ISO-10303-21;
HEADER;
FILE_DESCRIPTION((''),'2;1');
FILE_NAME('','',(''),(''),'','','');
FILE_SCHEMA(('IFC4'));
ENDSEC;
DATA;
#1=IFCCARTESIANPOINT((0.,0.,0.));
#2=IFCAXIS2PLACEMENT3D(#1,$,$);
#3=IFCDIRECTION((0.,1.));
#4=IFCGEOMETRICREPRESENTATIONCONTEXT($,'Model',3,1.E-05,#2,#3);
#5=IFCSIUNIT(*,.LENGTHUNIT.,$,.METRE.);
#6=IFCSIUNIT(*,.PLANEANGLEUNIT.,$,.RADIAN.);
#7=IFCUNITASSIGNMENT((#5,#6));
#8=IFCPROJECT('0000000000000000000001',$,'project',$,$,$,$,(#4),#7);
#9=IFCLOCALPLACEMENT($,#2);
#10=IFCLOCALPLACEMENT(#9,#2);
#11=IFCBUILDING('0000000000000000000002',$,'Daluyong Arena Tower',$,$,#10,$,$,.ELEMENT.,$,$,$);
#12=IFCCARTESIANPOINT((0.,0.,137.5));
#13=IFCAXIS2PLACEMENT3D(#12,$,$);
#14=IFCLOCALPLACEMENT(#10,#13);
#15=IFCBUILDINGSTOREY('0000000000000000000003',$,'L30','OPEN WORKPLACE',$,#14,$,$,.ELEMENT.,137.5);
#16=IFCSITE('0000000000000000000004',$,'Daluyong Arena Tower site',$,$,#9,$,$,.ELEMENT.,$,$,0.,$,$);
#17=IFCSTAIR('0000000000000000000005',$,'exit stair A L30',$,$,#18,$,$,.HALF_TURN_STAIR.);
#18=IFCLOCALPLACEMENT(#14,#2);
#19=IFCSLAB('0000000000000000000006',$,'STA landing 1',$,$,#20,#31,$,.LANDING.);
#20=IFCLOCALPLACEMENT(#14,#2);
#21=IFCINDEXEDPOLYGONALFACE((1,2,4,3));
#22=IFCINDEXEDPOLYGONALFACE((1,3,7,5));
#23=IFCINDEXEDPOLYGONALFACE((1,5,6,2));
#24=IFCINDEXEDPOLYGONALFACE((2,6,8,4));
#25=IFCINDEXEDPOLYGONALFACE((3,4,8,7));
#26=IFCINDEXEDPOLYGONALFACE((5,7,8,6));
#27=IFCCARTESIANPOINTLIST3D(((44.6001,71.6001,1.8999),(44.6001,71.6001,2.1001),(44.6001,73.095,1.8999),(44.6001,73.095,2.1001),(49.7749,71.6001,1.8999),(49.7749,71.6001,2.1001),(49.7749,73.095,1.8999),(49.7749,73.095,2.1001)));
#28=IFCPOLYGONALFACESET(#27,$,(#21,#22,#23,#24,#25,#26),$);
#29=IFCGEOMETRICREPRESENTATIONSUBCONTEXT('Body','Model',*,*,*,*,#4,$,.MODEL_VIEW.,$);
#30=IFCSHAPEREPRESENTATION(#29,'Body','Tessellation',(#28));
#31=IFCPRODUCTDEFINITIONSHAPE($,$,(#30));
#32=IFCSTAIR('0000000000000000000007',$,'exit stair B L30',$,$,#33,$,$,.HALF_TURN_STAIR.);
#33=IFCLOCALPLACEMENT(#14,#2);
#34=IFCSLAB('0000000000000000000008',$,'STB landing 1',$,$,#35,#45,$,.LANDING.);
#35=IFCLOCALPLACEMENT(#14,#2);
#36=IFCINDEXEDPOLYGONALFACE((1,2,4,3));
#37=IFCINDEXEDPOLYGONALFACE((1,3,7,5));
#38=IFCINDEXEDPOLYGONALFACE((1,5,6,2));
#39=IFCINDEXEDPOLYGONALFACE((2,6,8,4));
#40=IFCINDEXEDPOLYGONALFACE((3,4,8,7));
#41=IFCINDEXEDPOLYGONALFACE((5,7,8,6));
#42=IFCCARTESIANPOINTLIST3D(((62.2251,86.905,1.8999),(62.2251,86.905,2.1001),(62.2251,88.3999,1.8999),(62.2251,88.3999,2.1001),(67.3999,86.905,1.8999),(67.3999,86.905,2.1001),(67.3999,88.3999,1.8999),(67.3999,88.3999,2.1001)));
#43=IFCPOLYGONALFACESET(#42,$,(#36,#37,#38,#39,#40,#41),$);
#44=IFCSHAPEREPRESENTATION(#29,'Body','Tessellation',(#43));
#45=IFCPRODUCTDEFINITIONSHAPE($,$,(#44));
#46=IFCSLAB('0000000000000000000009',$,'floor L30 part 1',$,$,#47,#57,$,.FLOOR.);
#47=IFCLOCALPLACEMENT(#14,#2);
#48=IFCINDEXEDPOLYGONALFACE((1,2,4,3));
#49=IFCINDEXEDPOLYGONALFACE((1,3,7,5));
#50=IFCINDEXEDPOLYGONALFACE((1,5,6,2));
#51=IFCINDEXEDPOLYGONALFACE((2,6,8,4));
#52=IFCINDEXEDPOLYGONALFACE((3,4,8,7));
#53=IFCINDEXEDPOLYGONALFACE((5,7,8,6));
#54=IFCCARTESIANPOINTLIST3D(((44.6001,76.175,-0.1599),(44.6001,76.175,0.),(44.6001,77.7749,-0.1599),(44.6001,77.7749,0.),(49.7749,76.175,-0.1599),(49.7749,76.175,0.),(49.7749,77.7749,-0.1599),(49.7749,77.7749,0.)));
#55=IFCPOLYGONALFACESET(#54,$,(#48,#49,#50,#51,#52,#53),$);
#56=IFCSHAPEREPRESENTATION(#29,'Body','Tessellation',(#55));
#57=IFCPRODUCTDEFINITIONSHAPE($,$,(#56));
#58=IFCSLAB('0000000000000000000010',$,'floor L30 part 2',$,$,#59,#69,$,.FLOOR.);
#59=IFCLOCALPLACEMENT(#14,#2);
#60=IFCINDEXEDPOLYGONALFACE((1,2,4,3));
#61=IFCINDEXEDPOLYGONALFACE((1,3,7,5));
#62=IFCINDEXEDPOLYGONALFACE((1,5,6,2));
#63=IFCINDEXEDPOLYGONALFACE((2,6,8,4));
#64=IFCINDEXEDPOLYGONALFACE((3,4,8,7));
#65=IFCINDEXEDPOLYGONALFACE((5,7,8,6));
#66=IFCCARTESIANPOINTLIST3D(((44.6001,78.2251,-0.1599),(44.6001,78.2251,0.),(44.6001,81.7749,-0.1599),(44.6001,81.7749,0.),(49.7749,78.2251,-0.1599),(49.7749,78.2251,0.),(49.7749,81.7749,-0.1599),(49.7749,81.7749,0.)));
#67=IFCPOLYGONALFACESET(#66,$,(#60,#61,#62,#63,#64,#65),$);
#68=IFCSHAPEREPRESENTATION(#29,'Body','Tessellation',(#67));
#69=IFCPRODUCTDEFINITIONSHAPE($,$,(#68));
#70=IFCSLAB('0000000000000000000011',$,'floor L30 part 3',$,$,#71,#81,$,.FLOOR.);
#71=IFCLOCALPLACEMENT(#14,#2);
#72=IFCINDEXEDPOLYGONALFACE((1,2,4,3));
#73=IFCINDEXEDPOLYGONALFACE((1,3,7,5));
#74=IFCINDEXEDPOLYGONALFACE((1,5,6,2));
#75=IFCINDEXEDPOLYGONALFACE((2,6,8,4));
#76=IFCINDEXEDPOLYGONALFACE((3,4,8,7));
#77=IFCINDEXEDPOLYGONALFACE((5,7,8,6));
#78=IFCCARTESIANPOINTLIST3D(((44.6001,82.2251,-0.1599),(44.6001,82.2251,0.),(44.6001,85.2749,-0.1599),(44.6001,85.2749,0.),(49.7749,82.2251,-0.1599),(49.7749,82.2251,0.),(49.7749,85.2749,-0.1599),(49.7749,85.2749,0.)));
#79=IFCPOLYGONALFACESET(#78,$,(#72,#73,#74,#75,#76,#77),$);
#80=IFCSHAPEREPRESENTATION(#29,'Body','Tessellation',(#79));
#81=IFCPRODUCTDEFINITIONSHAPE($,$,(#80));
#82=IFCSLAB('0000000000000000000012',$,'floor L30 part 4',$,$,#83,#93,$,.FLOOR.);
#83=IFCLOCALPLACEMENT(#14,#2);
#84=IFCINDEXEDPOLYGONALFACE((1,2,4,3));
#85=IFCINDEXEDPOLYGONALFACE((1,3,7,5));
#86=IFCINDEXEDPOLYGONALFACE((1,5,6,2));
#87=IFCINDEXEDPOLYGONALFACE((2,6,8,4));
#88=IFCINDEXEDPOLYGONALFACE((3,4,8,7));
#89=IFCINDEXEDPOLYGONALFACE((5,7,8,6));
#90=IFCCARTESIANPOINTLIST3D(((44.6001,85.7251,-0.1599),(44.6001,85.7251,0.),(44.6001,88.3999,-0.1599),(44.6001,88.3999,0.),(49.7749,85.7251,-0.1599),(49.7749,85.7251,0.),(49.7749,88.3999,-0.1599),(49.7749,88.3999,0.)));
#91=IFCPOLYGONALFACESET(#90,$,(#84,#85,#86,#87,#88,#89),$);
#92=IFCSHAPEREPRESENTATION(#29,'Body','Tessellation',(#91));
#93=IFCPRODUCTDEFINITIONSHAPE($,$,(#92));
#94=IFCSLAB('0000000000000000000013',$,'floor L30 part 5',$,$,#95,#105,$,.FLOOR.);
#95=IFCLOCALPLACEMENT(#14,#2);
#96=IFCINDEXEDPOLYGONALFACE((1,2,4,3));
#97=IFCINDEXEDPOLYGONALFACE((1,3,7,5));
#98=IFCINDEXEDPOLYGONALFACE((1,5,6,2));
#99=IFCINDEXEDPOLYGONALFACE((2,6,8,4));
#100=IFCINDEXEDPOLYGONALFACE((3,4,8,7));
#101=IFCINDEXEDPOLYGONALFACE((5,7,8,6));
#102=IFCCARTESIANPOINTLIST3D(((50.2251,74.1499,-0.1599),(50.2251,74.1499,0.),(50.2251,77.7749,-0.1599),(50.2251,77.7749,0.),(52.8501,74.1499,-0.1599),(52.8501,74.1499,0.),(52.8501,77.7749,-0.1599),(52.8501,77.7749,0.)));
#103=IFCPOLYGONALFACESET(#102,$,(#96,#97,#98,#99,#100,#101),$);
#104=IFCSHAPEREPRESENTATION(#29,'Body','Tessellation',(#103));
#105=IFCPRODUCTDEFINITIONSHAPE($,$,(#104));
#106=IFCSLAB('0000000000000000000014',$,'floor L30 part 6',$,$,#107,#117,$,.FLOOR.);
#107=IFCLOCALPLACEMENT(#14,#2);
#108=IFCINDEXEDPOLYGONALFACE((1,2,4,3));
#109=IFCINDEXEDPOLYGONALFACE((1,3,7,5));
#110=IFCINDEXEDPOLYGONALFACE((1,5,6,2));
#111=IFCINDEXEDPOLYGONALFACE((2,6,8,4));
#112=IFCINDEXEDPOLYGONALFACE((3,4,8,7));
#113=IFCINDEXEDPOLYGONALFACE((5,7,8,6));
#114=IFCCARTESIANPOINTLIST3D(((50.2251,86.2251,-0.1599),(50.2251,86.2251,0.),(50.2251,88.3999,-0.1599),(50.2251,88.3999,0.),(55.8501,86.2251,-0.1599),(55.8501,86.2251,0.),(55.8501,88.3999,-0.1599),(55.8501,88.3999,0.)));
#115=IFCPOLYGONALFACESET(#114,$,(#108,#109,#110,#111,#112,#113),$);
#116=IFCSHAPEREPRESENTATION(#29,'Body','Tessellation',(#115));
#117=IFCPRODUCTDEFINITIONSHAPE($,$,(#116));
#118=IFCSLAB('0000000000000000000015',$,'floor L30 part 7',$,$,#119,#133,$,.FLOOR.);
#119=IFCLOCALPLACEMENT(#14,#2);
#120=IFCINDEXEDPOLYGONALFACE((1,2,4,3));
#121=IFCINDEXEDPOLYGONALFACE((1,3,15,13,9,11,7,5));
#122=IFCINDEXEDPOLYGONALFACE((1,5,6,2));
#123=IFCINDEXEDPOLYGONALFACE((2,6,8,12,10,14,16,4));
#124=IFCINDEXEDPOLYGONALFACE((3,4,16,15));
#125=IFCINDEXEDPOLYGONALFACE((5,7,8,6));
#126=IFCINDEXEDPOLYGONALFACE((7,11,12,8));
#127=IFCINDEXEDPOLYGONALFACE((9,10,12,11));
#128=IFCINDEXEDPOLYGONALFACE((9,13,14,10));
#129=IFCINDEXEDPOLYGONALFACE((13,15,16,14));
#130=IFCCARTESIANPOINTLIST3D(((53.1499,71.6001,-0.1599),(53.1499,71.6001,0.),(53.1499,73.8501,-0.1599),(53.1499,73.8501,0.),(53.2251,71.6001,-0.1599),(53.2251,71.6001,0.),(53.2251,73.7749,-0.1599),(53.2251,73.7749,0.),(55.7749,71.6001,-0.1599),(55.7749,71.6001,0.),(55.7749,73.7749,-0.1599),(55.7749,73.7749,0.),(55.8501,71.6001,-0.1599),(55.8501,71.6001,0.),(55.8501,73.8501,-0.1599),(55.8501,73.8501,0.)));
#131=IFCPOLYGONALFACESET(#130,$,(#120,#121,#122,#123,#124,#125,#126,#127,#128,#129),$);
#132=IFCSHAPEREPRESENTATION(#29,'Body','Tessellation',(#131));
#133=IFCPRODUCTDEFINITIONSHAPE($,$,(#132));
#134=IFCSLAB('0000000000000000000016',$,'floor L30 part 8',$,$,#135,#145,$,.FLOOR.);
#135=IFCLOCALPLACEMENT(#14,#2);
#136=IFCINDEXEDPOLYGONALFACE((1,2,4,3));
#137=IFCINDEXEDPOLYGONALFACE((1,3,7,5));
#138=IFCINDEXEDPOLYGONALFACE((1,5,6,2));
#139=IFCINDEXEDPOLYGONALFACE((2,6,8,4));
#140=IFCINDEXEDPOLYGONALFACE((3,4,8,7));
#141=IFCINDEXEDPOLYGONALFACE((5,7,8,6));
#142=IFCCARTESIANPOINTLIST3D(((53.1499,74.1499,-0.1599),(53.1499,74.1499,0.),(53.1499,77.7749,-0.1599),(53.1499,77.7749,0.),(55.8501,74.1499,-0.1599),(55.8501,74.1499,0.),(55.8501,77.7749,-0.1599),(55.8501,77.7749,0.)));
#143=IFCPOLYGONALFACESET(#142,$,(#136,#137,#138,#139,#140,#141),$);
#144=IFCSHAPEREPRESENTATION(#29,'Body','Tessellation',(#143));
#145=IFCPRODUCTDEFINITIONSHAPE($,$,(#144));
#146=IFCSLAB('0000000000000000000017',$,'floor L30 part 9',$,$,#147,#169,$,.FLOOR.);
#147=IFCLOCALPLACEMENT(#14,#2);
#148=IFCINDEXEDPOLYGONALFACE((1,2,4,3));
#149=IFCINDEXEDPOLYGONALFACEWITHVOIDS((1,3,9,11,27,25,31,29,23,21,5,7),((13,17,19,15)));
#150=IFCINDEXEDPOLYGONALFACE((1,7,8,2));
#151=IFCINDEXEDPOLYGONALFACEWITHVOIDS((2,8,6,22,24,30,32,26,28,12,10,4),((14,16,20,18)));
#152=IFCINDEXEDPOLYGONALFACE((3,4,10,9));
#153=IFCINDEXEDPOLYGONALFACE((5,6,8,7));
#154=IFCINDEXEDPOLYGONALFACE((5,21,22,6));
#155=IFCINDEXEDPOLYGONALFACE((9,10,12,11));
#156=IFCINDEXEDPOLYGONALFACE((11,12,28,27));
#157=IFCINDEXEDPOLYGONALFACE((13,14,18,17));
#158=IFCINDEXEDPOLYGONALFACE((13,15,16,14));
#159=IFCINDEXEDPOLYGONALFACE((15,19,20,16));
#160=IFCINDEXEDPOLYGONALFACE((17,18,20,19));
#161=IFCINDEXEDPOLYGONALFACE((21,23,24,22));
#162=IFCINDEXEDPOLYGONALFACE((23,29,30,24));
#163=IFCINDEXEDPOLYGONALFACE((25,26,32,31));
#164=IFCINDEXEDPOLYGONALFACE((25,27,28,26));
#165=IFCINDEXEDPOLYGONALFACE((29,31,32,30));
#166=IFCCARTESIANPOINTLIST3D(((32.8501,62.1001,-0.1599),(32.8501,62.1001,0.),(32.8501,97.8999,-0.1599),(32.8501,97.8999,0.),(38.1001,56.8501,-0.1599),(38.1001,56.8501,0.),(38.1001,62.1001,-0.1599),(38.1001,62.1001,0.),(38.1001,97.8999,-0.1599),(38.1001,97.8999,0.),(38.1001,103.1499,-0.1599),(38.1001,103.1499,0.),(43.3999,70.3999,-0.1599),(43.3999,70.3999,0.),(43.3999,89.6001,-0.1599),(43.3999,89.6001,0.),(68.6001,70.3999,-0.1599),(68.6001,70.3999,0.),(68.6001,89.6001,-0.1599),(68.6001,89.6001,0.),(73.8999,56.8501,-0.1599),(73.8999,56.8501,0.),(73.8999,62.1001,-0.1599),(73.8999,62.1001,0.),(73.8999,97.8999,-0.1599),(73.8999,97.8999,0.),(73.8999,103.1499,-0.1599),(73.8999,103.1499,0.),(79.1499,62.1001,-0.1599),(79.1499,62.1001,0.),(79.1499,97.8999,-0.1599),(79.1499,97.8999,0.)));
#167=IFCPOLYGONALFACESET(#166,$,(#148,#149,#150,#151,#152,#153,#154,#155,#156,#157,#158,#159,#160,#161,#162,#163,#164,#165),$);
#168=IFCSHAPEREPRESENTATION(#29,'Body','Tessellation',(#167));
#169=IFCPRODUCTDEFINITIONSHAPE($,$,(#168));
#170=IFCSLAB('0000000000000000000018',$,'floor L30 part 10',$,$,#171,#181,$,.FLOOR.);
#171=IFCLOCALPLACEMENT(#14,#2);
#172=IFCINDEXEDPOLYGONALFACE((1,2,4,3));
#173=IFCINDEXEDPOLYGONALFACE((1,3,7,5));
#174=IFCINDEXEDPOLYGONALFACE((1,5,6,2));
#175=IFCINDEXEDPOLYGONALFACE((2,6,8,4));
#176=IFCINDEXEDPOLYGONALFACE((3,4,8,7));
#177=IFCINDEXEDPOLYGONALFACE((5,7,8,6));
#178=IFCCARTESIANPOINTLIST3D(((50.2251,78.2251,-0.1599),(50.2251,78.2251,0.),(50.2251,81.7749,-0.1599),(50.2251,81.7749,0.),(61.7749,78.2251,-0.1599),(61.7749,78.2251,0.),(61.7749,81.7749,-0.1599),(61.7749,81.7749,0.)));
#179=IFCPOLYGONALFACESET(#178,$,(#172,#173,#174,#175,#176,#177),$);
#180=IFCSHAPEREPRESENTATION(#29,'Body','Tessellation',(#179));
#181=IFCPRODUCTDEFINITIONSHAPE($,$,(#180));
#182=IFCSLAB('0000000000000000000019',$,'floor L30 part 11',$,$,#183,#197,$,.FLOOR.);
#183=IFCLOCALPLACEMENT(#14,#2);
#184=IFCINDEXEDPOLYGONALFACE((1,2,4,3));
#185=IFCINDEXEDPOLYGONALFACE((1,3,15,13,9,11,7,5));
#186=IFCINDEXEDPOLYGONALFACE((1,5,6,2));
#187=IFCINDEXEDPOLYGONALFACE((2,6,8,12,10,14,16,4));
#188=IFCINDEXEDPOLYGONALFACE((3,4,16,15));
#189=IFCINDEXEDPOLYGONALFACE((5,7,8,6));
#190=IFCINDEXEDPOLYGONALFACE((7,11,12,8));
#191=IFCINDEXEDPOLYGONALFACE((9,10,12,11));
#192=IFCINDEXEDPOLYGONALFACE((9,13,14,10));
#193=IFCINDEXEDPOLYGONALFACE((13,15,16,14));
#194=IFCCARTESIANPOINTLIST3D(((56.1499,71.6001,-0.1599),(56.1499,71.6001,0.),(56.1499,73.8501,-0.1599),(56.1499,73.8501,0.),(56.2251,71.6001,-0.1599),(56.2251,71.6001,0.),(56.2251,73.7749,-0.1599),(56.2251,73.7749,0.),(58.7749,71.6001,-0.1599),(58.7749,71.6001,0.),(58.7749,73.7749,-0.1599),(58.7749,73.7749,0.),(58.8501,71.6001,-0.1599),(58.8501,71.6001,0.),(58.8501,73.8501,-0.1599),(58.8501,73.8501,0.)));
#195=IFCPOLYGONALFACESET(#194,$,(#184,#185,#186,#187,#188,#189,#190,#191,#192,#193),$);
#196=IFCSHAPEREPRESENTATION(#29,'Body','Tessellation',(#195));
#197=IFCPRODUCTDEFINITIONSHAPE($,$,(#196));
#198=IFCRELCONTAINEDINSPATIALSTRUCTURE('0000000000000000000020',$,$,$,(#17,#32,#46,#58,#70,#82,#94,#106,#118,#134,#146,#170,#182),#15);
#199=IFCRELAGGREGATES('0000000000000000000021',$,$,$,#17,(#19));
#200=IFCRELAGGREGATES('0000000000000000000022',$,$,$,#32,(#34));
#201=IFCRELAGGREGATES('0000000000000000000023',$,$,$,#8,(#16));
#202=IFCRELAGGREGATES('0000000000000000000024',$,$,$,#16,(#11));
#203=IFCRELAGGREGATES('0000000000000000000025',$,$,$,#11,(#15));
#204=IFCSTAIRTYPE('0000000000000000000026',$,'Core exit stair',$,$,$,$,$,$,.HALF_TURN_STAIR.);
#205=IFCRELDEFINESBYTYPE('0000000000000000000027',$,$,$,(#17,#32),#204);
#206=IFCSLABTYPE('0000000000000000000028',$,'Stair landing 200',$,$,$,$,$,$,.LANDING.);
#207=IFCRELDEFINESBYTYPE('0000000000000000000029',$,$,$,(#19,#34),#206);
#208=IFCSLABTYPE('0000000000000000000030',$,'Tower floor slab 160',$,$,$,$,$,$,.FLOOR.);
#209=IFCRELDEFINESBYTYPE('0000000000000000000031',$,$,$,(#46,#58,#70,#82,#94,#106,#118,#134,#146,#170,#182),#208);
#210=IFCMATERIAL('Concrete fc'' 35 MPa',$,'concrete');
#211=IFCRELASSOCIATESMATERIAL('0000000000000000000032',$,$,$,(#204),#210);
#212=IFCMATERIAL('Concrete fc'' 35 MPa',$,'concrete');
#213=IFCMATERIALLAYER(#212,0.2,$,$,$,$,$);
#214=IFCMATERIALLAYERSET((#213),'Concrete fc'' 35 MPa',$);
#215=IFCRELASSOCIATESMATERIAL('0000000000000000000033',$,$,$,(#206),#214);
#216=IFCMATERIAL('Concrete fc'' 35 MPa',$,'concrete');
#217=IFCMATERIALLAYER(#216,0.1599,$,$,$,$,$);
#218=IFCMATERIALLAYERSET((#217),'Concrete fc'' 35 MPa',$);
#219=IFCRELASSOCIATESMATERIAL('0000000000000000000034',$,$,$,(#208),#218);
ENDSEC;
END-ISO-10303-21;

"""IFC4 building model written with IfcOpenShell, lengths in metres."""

from ifc_helpers import new_model, si_unit, direction, frame, origin, place, context, subcontext, project, spatial, polyline, outline, extrude, material, layer, layer_set, type_object, element, aggregate, save


model = new_model("IFC4")

# Units and contexts
model_context = context("Model", 3, precision=1e-05, world=origin(), true_north=direction((0.0, 1.0)))
body_context = subcontext(model_context, "Body", "Model", "MODEL_VIEW")
ifc_project = project(units=[si_unit("LENGTHUNIT", "METRE"), si_unit("PLANEANGLEUNIT", "RADIAN")], contexts=[model_context])

# Site, building, storey
site_placement = place(None, origin())
site = spatial("IfcSite", under=ifc_project, at=site_placement, Name="Daluyong Arena Tower site", CompositionType="ELEMENT", RefElevation=0.0)
building_placement = place(site_placement, origin())
building = spatial("IfcBuilding", under=site, at=building_placement, Name="Daluyong Arena Tower", CompositionType="ELEMENT")
storey_placement = place(building_placement, frame((0.0, 0.0, 137.5)))
storey = spatial("IfcBuildingStorey", under=building, at=storey_placement, Name="L30", Description="OPEN WORKPLACE", CompositionType="ELEMENT", Elevation=137.5)

# Stairs, slabs
ifc_material_1 = material(Name="Concrete fc' 35 MPa", Category="concrete")
stair_type = type_object("IfcStairType", Name="Core exit stair", PredefinedType="HALF_TURN_STAIR", material=ifc_material_1)
stair_1_placement = place(storey_placement, origin())
stair_1 = element("IfcStair", 1, at=stair_1_placement, inside=storey, type_object=stair_type, Name="exit stair A L30", PredefinedType="HALF_TURN_STAIR")
ifc_material_2 = material(Name="Concrete fc' 35 MPa", Category="concrete")
ifc_layer_1 = layer(ifc_material_2, 0.2)
ifc_layer_set_1 = layer_set([ifc_layer_1], Name="Concrete fc' 35 MPa")
slab_type_1 = type_object("IfcSlabType", Name="Stair landing 200", PredefinedType="LANDING", material=ifc_layer_set_1)
slab_1_placement = place(storey_placement, frame((0.0, 0.0, 1.8999)))
slab_1 = element("IfcSlab", 2, at=slab_1_placement, type_object=slab_type_1, Name="STA landing 1", PredefinedType="LANDING", context=body_context, shape_type="SweptSolid", body=[
    extrude(outline(polyline([(44.6001, 71.6001), (49.7749, 71.6001), (49.7749, 73.095), (44.6001, 73.095), (44.6001, 71.6001)])), origin(), (0.0, 0.0, 1.0), 0.2002),
])
aggregate(stair_1, [slab_1])
stair_2_placement = place(storey_placement, origin())
stair_2 = element("IfcStair", 3, at=stair_2_placement, inside=storey, type_object=stair_type, Name="exit stair B L30", PredefinedType="HALF_TURN_STAIR")
slab_2_placement = place(storey_placement, frame((0.0, 0.0, 1.8999)))
slab_2 = element("IfcSlab", 4, at=slab_2_placement, type_object=slab_type_1, Name="STB landing 1", PredefinedType="LANDING", context=body_context, shape_type="SweptSolid", body=[
    extrude(outline(polyline([(62.2251, 86.905), (67.3999, 86.905), (67.3999, 88.3999), (62.2251, 88.3999), (62.2251, 86.905)])), origin(), (0.0, 0.0, 1.0), 0.2002),
])
aggregate(stair_2, [slab_2])

# Slabs
ifc_material_3 = material(Name="Concrete fc' 35 MPa", Category="concrete")
ifc_layer_2 = layer(ifc_material_3, 0.1599)
ifc_layer_set_2 = layer_set([ifc_layer_2], Name="Concrete fc' 35 MPa")
slab_type_2 = type_object("IfcSlabType", Name="Tower floor slab 160", PredefinedType="FLOOR", material=ifc_layer_set_2)
slab_3_placement = place(storey_placement, frame((0.0, 0.0, -0.1599)))
element("IfcSlab", 5, at=slab_3_placement, inside=storey, type_object=slab_type_2, Name="floor L30 part 1", PredefinedType="FLOOR", context=body_context, shape_type="SweptSolid", body=[
    extrude(outline(polyline([(49.7749, 76.175), (49.7749, 77.7749), (44.6001, 77.7749), (44.6001, 76.175), (49.7749, 76.175)])), origin(), (0.0, 0.0, 1.0), 0.1599),
])
slab_4_placement = place(storey_placement, frame((0.0, 0.0, -0.1599)))
element("IfcSlab", 6, at=slab_4_placement, inside=storey, type_object=slab_type_2, Name="floor L30 part 2", PredefinedType="FLOOR", context=body_context, shape_type="SweptSolid", body=[
    extrude(outline(polyline([(44.6001, 78.2251), (49.7749, 78.2251), (49.7749, 81.7749), (44.6001, 81.7749), (44.6001, 78.2251)])), origin(), (0.0, 0.0, 1.0), 0.1599),
])
slab_5_placement = place(storey_placement, frame((0.0, 0.0, -0.1599)))
element("IfcSlab", 7, at=slab_5_placement, inside=storey, type_object=slab_type_2, Name="floor L30 part 3", PredefinedType="FLOOR", context=body_context, shape_type="SweptSolid", body=[
    extrude(outline(polyline([(44.6001, 82.2251), (49.7749, 82.2251), (49.7749, 85.2749), (44.6001, 85.2749), (44.6001, 82.2251)])), origin(), (0.0, 0.0, 1.0), 0.1599),
])
slab_6_placement = place(storey_placement, frame((0.0, 0.0, -0.1599)))
element("IfcSlab", 8, at=slab_6_placement, inside=storey, type_object=slab_type_2, Name="floor L30 part 4", PredefinedType="FLOOR", context=body_context, shape_type="SweptSolid", body=[
    extrude(outline(polyline([(49.7749, 88.3999), (44.6001, 88.3999), (44.6001, 85.7251), (49.7749, 85.7251), (49.7749, 88.3999)])), origin(), (0.0, 0.0, 1.0), 0.1599),
])
slab_7_placement = place(storey_placement, frame((0.0, 0.0, -0.1599)))
element("IfcSlab", 9, at=slab_7_placement, inside=storey, type_object=slab_type_2, Name="floor L30 part 5", PredefinedType="FLOOR", context=body_context, shape_type="SweptSolid", body=[
    extrude(outline(polyline([(52.8501, 77.7749), (50.2251, 77.7749), (50.2251, 74.1499), (52.8501, 74.1499), (52.8501, 77.7749)])), origin(), (0.0, 0.0, 1.0), 0.1599),
])
slab_8_placement = place(storey_placement, frame((0.0, 0.0, -0.1599)))
element("IfcSlab", 10, at=slab_8_placement, inside=storey, type_object=slab_type_2, Name="floor L30 part 6", PredefinedType="FLOOR", context=body_context, shape_type="SweptSolid", body=[
    extrude(outline(polyline([(55.8501, 88.3999), (50.2251, 88.3999), (50.2251, 86.2251), (55.8501, 86.2251), (55.8501, 88.3999)])), origin(), (0.0, 0.0, 1.0), 0.1599),
])
slab_9_placement = place(storey_placement, frame((0.0, 0.0, -0.1599)))
element("IfcSlab", 11, at=slab_9_placement, inside=storey, type_object=slab_type_2, Name="floor L30 part 7", PredefinedType="FLOOR", context=body_context, shape_type="SweptSolid", body=[
    extrude(outline(polyline([(55.7749, 73.7749), (55.7749, 71.6001), (55.8501, 71.6001), (55.8501, 73.8501), (53.1499, 73.8501), (53.1499, 71.6001), (53.2251, 71.6001), (53.2251, 73.7749), (55.7749, 73.7749)])), origin(), (0.0, 0.0, 1.0), 0.1599),
])
slab_10_placement = place(storey_placement, frame((0.0, 0.0, -0.1599)))
element("IfcSlab", 12, at=slab_10_placement, inside=storey, type_object=slab_type_2, Name="floor L30 part 8", PredefinedType="FLOOR", context=body_context, shape_type="SweptSolid", body=[
    extrude(outline(polyline([(55.8501, 77.7749), (53.1499, 77.7749), (53.1499, 74.1499), (55.8501, 74.1499), (55.8501, 77.7749)])), origin(), (0.0, 0.0, 1.0), 0.1599),
])
slab_11_placement = place(storey_placement, frame((0.0, 0.0, -0.1599)))
element("IfcSlab", 13, at=slab_11_placement, inside=storey, type_object=slab_type_2, Name="floor L30 part 9", PredefinedType="FLOOR", context=body_context, shape_type="SweptSolid", body=[
    extrude(outline(polyline([(38.1001, 62.1001), (38.1001, 56.8501), (73.8999, 56.8501), (73.8999, 62.1001), (79.1499, 62.1001), (79.1499, 97.8999), (73.8999, 97.8999), (73.8999, 103.1499), (38.1001, 103.1499), (38.1001, 97.8999), (32.8501, 97.8999), (32.8501, 62.1001), (38.1001, 62.1001)]), holes=[polyline([(68.6001, 89.6001), (68.6001, 70.3999), (43.3999, 70.3999), (43.3999, 89.6001), (68.6001, 89.6001)])]), origin(), (0.0, 0.0, 1.0), 0.1599),
])
slab_12_placement = place(storey_placement, frame((0.0, 0.0, -0.1599)))
element("IfcSlab", 14, at=slab_12_placement, inside=storey, type_object=slab_type_2, Name="floor L30 part 10", PredefinedType="FLOOR", context=body_context, shape_type="SweptSolid", body=[
    extrude(outline(polyline([(61.7749, 78.2251), (61.7749, 81.7749), (50.2251, 81.7749), (50.2251, 78.2251), (61.7749, 78.2251)])), origin(), (0.0, 0.0, 1.0), 0.1599),
])
slab_13_placement = place(storey_placement, frame((0.0, 0.0, -0.1599)))
element("IfcSlab", 15, at=slab_13_placement, inside=storey, type_object=slab_type_2, Name="floor L30 part 11", PredefinedType="FLOOR", context=body_context, shape_type="SweptSolid", body=[
    extrude(outline(polyline([(58.8501, 71.6001), (58.8501, 73.8501), (56.1499, 73.8501), (56.1499, 71.6001), (56.2251, 71.6001), (56.2251, 73.7749), (58.7749, 73.7749), (58.7749, 71.6001), (58.8501, 71.6001)])), origin(), (0.0, 0.0, 1.0), 0.1599),
])

save(model, "model.ifc")
